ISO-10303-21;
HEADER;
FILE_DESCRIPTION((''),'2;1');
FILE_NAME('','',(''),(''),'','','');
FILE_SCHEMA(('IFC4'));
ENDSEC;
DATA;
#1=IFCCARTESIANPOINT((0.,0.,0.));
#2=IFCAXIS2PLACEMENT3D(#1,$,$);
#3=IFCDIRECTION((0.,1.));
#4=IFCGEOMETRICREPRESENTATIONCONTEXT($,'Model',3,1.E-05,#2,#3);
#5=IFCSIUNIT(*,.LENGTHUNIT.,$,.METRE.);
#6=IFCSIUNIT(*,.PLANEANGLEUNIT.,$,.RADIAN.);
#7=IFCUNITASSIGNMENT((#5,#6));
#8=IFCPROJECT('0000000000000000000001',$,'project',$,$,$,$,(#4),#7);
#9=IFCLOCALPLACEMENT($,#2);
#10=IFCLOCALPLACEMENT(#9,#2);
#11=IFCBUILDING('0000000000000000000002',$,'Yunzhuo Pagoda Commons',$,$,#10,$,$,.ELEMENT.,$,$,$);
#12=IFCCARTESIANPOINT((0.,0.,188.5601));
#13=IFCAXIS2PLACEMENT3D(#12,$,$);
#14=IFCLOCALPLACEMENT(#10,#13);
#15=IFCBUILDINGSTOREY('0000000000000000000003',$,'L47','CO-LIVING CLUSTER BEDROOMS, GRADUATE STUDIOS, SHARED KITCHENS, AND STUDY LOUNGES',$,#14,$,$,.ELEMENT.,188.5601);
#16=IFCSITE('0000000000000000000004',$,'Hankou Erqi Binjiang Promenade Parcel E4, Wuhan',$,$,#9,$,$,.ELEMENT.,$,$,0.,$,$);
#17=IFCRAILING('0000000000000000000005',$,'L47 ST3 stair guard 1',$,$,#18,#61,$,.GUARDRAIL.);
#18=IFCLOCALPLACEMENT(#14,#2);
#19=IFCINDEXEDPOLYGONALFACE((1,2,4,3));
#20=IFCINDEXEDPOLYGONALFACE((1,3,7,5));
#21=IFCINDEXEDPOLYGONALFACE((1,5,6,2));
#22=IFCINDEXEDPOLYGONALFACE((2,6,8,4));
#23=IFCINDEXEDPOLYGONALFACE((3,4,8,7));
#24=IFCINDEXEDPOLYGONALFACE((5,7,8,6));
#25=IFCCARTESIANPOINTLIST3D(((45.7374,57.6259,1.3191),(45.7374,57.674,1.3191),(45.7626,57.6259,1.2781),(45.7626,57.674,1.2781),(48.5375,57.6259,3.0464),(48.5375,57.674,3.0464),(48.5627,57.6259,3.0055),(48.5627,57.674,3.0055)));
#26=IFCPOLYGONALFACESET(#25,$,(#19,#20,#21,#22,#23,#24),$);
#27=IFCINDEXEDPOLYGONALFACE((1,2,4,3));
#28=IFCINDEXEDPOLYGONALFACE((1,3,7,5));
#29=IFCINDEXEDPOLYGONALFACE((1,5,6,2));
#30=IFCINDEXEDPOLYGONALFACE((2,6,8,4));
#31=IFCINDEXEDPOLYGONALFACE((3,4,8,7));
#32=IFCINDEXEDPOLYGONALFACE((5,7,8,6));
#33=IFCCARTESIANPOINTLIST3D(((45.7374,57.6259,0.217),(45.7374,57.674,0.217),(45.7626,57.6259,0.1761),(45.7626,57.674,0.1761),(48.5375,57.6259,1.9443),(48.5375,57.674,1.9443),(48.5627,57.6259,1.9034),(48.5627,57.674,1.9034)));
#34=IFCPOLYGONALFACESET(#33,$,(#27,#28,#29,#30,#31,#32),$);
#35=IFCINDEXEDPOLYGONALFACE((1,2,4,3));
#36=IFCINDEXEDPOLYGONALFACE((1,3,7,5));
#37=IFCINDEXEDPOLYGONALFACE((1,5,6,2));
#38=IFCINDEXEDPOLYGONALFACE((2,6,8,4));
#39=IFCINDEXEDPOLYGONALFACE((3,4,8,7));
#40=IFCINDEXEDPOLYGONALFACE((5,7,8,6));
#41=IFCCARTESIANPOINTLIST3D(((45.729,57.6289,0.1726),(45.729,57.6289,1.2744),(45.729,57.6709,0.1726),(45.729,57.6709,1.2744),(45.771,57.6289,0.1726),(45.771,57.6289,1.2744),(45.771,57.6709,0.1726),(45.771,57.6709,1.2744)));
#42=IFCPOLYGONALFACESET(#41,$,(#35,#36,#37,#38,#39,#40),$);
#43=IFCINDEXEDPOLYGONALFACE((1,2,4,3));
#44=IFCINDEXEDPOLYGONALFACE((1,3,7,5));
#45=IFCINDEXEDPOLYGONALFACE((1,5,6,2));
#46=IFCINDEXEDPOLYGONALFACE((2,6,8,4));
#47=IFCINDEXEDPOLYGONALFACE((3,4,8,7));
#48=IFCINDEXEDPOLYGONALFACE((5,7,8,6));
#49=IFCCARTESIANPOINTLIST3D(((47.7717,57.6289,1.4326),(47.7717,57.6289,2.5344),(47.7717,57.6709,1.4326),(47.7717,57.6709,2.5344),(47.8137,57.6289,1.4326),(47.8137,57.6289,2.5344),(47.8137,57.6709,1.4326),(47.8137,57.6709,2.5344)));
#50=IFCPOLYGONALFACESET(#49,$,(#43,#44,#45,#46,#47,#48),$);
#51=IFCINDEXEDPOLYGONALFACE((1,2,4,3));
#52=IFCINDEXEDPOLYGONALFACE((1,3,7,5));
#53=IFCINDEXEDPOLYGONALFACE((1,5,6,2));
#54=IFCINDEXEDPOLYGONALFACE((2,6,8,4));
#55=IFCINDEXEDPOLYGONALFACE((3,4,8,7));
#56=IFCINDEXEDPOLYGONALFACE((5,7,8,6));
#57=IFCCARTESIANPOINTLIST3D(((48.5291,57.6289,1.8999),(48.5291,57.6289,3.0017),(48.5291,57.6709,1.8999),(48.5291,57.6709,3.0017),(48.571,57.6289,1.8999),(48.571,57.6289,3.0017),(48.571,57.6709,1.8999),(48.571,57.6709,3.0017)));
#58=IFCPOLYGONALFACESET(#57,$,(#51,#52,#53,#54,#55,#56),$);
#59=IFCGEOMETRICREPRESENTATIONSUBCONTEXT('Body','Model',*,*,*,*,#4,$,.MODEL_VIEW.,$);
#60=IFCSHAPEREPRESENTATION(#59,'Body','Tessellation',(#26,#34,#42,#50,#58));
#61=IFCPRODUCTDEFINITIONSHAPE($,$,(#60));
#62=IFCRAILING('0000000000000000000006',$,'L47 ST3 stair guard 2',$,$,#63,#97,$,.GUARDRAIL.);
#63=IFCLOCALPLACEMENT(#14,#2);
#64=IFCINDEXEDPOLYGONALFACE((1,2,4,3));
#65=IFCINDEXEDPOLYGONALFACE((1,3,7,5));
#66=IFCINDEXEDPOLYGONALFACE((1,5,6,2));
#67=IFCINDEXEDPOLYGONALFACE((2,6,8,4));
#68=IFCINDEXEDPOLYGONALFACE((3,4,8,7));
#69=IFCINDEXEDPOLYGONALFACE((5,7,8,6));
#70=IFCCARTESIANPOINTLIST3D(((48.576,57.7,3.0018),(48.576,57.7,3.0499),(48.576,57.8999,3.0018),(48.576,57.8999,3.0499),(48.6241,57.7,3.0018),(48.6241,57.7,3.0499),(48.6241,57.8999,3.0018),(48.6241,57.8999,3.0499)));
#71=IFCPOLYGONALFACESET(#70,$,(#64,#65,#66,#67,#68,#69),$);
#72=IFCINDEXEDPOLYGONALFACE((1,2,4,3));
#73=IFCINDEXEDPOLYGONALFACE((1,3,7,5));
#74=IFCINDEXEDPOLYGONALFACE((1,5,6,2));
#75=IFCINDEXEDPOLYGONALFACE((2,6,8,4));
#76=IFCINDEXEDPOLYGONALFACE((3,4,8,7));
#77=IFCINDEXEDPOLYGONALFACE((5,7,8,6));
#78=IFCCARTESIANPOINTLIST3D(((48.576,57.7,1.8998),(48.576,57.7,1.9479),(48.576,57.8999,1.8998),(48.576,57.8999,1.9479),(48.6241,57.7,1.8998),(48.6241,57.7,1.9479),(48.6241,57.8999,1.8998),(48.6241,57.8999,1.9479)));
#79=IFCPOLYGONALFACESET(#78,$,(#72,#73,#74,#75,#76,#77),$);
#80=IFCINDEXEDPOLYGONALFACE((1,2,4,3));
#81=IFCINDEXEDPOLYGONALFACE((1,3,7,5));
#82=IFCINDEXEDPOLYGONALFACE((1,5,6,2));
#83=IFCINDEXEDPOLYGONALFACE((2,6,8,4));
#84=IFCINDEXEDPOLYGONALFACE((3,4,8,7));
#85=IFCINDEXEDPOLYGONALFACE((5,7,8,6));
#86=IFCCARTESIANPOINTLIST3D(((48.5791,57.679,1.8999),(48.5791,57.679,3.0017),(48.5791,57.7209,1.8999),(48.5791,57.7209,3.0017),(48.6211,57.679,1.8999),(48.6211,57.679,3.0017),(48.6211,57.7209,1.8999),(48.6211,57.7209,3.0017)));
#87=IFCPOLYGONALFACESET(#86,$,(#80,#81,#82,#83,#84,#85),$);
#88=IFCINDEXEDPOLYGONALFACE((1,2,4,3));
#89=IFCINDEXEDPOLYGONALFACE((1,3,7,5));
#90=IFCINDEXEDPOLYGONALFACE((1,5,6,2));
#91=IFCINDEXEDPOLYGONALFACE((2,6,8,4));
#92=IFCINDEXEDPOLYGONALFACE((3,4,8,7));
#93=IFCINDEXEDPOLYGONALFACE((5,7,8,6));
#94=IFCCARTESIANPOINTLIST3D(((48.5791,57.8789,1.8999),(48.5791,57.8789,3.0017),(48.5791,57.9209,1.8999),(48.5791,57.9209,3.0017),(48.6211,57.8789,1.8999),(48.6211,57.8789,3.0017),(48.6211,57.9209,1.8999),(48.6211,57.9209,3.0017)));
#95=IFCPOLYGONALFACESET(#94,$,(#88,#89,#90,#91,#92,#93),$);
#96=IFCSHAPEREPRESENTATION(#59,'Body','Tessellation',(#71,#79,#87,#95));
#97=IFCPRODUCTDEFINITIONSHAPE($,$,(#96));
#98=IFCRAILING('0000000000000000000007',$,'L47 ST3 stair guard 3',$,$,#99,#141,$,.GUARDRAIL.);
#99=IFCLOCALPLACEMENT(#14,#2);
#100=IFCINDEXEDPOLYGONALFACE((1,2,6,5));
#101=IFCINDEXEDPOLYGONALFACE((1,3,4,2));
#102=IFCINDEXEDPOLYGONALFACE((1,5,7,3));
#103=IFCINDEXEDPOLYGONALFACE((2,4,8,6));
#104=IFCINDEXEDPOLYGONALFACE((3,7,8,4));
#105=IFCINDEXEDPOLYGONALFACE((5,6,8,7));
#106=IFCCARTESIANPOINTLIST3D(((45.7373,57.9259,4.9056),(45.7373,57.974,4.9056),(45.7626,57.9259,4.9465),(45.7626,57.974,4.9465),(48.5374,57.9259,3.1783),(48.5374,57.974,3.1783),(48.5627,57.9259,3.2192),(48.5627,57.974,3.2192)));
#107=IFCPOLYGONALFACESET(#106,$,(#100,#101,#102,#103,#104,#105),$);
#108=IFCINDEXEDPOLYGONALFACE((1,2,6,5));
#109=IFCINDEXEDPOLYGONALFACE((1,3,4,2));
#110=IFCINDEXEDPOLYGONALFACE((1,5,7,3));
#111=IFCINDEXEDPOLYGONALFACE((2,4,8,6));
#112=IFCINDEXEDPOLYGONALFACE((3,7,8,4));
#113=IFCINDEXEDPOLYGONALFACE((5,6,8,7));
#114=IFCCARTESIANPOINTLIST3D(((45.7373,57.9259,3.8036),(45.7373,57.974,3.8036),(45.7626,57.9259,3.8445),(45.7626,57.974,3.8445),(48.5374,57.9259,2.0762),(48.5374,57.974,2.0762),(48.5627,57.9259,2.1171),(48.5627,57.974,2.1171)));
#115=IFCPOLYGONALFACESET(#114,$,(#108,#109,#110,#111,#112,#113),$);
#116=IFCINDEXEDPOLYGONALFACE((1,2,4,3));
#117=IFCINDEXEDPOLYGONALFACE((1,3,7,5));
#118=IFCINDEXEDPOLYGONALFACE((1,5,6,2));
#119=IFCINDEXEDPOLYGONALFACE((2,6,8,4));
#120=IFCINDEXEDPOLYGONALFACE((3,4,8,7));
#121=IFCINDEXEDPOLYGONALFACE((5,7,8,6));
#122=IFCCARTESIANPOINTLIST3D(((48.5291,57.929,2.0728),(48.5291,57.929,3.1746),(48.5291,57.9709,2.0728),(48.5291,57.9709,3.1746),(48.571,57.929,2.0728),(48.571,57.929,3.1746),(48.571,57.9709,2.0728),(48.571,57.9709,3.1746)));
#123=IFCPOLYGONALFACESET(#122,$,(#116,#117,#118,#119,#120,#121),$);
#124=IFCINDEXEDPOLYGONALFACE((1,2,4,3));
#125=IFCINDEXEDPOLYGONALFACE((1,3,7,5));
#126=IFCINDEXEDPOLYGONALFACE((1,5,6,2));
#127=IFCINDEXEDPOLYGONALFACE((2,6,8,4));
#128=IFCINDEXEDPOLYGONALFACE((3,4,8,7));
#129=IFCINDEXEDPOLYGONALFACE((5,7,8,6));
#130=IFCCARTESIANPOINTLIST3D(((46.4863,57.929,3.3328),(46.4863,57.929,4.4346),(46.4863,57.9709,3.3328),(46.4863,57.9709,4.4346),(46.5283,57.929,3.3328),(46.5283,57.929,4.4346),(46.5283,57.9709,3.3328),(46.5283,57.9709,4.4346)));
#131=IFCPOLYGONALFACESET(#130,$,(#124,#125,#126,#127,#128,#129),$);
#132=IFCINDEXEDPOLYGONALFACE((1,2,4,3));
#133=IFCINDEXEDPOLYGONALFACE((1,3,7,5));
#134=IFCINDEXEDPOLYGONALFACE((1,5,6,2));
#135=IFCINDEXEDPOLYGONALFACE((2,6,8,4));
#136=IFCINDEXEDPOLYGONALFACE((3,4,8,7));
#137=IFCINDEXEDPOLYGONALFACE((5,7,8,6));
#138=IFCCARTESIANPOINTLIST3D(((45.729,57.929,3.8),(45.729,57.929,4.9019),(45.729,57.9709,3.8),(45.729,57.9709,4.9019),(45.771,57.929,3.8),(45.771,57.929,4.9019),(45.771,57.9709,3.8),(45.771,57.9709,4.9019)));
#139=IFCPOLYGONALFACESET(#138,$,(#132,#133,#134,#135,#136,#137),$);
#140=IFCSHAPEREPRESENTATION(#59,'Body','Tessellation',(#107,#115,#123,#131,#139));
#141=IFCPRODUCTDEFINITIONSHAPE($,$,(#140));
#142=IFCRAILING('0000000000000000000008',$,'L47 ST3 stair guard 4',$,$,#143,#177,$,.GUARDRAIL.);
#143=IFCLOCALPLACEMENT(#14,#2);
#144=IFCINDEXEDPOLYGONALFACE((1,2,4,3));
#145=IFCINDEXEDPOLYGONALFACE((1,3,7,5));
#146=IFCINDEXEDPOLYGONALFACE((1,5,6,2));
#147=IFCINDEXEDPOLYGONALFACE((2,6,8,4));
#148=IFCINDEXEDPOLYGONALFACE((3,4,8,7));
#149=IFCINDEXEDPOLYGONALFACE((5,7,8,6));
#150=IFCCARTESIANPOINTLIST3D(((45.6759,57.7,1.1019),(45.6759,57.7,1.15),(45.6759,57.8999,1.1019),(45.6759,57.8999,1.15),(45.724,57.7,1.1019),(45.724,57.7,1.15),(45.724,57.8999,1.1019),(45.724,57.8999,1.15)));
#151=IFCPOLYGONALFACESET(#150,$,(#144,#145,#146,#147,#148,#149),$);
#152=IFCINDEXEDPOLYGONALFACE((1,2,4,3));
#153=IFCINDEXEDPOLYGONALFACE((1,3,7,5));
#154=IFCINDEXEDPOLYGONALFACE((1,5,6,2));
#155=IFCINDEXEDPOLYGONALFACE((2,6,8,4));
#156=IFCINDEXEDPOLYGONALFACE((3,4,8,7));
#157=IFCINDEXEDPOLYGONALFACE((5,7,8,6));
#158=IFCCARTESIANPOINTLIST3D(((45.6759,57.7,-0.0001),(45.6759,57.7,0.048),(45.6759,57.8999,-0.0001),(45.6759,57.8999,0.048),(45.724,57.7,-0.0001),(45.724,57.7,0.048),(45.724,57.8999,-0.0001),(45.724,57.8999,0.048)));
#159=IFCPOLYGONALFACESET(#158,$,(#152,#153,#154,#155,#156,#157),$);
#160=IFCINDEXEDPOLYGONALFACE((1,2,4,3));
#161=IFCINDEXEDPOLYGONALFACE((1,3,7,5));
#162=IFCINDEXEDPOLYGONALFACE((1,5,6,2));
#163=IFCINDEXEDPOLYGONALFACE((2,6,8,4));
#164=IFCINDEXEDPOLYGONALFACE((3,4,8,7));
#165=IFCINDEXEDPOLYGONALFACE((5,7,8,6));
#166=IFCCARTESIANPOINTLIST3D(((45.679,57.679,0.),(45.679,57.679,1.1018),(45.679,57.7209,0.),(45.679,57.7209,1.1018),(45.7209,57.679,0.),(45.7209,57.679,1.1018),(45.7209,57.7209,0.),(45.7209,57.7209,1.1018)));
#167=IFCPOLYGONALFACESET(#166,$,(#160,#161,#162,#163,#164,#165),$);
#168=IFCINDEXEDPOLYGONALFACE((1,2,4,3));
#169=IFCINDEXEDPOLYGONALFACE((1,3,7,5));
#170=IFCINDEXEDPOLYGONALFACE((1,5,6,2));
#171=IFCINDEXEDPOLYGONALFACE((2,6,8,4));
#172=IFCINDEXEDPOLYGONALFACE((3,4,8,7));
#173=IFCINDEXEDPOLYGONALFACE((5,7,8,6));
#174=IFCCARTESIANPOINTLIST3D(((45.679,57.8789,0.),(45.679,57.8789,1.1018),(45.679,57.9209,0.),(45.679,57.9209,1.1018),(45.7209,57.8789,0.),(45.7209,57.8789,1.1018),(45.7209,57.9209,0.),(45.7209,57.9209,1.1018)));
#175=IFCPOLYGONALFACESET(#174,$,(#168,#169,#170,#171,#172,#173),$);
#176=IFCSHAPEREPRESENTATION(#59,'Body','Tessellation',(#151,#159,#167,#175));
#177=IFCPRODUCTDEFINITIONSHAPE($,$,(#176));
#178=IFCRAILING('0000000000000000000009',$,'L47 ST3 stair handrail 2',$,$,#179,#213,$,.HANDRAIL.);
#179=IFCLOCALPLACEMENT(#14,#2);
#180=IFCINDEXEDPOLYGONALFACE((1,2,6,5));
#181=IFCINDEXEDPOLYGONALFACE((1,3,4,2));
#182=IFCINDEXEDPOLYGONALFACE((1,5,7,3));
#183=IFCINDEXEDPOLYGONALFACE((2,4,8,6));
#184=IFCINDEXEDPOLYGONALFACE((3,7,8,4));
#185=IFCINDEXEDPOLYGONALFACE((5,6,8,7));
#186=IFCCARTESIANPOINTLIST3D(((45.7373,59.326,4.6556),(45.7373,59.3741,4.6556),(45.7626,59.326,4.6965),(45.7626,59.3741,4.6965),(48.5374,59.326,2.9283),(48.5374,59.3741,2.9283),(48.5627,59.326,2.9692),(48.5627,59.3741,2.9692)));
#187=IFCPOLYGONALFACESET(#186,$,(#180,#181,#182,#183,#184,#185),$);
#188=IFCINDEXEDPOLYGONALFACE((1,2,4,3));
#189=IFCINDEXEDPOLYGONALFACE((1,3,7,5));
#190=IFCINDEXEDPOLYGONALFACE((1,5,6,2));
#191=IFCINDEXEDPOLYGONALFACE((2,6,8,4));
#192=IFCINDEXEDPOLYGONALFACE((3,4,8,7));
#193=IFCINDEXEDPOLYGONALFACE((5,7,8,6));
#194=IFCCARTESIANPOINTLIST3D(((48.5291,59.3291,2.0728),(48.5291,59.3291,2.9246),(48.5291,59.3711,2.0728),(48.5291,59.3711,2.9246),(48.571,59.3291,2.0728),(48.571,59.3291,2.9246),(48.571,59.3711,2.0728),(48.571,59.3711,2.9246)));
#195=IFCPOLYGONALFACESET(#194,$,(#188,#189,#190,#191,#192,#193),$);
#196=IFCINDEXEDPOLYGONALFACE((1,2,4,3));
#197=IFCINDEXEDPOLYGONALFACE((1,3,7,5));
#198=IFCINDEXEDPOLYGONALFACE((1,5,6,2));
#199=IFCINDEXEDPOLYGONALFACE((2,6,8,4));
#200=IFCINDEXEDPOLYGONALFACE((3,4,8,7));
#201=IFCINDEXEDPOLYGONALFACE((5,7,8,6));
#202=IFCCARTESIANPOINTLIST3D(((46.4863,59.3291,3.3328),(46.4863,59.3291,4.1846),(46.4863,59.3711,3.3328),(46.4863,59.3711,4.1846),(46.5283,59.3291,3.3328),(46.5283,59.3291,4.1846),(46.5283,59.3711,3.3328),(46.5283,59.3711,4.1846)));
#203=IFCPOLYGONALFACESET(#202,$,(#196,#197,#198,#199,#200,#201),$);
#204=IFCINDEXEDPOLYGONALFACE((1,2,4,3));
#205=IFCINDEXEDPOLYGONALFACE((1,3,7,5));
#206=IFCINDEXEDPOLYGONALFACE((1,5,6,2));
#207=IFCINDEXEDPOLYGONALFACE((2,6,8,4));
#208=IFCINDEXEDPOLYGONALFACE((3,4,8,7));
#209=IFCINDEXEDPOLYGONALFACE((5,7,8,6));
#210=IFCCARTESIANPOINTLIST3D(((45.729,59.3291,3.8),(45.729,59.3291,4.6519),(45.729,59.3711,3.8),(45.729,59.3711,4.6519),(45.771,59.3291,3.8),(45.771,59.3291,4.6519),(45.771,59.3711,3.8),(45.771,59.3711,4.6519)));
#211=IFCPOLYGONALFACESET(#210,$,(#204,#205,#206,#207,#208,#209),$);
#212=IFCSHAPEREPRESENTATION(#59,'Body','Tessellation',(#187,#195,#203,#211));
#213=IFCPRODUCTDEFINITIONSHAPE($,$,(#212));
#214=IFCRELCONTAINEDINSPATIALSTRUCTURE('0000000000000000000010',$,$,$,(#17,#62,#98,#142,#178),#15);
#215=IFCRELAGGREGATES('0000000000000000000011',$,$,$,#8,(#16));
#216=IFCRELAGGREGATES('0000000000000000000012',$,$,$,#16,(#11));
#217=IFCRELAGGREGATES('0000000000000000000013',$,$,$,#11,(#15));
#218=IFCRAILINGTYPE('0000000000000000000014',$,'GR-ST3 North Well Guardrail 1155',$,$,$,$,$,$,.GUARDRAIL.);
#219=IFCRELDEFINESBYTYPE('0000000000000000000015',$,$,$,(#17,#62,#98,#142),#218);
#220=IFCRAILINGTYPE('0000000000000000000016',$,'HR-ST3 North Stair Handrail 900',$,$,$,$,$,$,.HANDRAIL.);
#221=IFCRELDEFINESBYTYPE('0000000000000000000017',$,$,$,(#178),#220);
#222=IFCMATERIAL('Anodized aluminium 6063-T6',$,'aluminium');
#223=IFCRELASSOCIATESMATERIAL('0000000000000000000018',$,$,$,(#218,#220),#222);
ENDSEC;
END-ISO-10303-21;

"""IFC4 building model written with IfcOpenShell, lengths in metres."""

from ifc_helpers import new_model, si_unit, direction, frame, origin, origin_2d, place, context, subcontext, project, spatial, rectangle, extrude, material, type_object, element, save


model = new_model("IFC4")

# Units and contexts
model_context = context("Model", 3, precision=1e-05, world=origin(), true_north=direction((0.0, 1.0)))
body_context = subcontext(model_context, "Body", "Model", "MODEL_VIEW")
ifc_project = project(units=[si_unit("LENGTHUNIT", "METRE"), si_unit("PLANEANGLEUNIT", "RADIAN")], contexts=[model_context])

# Site, building, storey
site_placement = place(None, origin())
site = spatial("IfcSite", under=ifc_project, at=site_placement, Name="Hankou Erqi Binjiang Promenade Parcel E4, Wuhan", CompositionType="ELEMENT", RefElevation=0.0)
building_placement = place(site_placement, origin())
building = spatial("IfcBuilding", under=site, at=building_placement, Name="Yunzhuo Pagoda Commons", CompositionType="ELEMENT")
storey_placement = place(building_placement, frame((0.0, 0.0, 188.5601)))
storey = spatial("IfcBuildingStorey", under=building, at=storey_placement, Name="L47", Description="CO-LIVING CLUSTER BEDROOMS, GRADUATE STUDIOS, SHARED KITCHENS, AND STUDY LOUNGES", CompositionType="ELEMENT", Elevation=188.5601)

# Shared definitions
ifc_material_1 = material(Name="Anodized aluminium 6063-T6", Category="aluminium")

# Railings
railing_type_1 = type_object("IfcRailingType", Name="GR-ST3 North Well Guardrail 1155", PredefinedType="GUARDRAIL", material=ifc_material_1)
railing_1_placement = place(storey_placement, frame((45.75, 57.6499, 0.1726)))
element("IfcRailing", 1, at=railing_1_placement, inside=storey, type_object=railing_type_1, Name="L47 ST3 stair guard 1", PredefinedType="GUARDRAIL", context=body_context, shape_type="SweptSolid", body=[
    extrude(rectangle(XDim=0.0481, YDim=0.0481, at=origin_2d()), frame((0.0, 0.0, 1.126), z_axis=(0.85109, 0.0, 0.52502), x_axis=(0.0, 1.0, 0.0)), (0.0, 0.0, 1.0), 3.29),
    extrude(rectangle(XDim=0.0481, YDim=0.0481, at=origin_2d()), frame((0.0, 0.0, 0.0239), z_axis=(0.85109, 0.0, 0.52502), x_axis=(0.0, 1.0, 0.0)), (0.0, 0.0, 1.0), 3.29),
    extrude(rectangle(XDim=0.042, YDim=0.042, at=origin_2d()), origin(), (0.0, 0.0, 1.0), 1.1018),
    extrude(rectangle(XDim=0.042, YDim=0.042, at=origin_2d()), frame((2.0427, 0.0, 1.26)), (0.0, 0.0, 1.0), 1.1018),
    extrude(rectangle(XDim=0.042, YDim=0.042, at=origin_2d()), frame((2.8, 0.0, 1.7273)), (0.0, 0.0, 1.0), 1.1018),
])
railing_2_placement = place(storey_placement, frame((48.6001, 57.7, 1.8999)))
element("IfcRailing", 2, at=railing_2_placement, inside=storey, type_object=railing_type_1, Name="L47 ST3 stair guard 2", PredefinedType="GUARDRAIL", context=body_context, shape_type="SweptSolid", body=[
    extrude(rectangle(XDim=0.0481, YDim=0.0481, at=origin_2d()), frame((0.0, 0.0, 1.126), z_axis=(0.0, 1.0, 0.0), x_axis=(-1.0, 0.0, 0.0)), (0.0, 0.0, 1.0), 0.2),
    extrude(rectangle(XDim=0.0481, YDim=0.0481, at=origin_2d()), frame((0.0, 0.0, 0.0239), z_axis=(0.0, 1.0, 0.0), x_axis=(-1.0, 0.0, 0.0)), (0.0, 0.0, 1.0), 0.2),
    extrude(rectangle(XDim=0.042, YDim=0.042, at=origin_2d()), origin(), (0.0, 0.0, 1.0), 1.1018),
    extrude(rectangle(XDim=0.042, YDim=0.042, at=origin_2d()), frame((0.0, 0.2, 0.0)), (0.0, 0.0, 1.0), 1.1018),
])
railing_3_placement = place(storey_placement, frame((48.55, 57.95, 2.0728)))
element("IfcRailing", 3, at=railing_3_placement, inside=storey, type_object=railing_type_1, Name="L47 ST3 stair guard 3", PredefinedType="GUARDRAIL", context=body_context, shape_type="SweptSolid", body=[
    extrude(rectangle(XDim=0.0481, YDim=0.0481, at=origin_2d()), frame((0.0, 0.0, 1.126), z_axis=(-0.85109, 0.0, 0.52502), x_axis=(0.0, -1.0, 0.0)), (0.0, 0.0, 1.0), 3.29),
    extrude(rectangle(XDim=0.0481, YDim=0.0481, at=origin_2d()), frame((0.0, 0.0, 0.0239), z_axis=(-0.85109, 0.0, 0.52502), x_axis=(0.0, -1.0, 0.0)), (0.0, 0.0, 1.0), 3.29),
    extrude(rectangle(XDim=0.042, YDim=0.042, at=origin_2d()), origin(), (0.0, 0.0, 1.0), 1.1018),
    extrude(rectangle(XDim=0.042, YDim=0.042, at=origin_2d()), frame((-2.0427, 0.0, 1.26)), (0.0, 0.0, 1.0), 1.1018),
    extrude(rectangle(XDim=0.042, YDim=0.042, at=origin_2d()), frame((-2.8, 0.0, 1.7273)), (0.0, 0.0, 1.0), 1.1018),
])
railing_4_placement = place(storey_placement, frame((45.7, 57.7, 0.0)))
element("IfcRailing", 4, at=railing_4_placement, inside=storey, type_object=railing_type_1, Name="L47 ST3 stair guard 4", PredefinedType="GUARDRAIL", context=body_context, shape_type="SweptSolid", body=[
    extrude(rectangle(XDim=0.0481, YDim=0.0481, at=origin_2d()), frame((0.0, 0.0, 1.126), z_axis=(0.0, 1.0, 0.0), x_axis=(-1.0, 0.0, 0.0)), (0.0, 0.0, 1.0), 0.2),
    extrude(rectangle(XDim=0.0481, YDim=0.0481, at=origin_2d()), frame((0.0, 0.0, 0.0239), z_axis=(0.0, 1.0, 0.0), x_axis=(-1.0, 0.0, 0.0)), (0.0, 0.0, 1.0), 0.2),
    extrude(rectangle(XDim=0.042, YDim=0.042, at=origin_2d()), origin(), (0.0, 0.0, 1.0), 1.1018),
    extrude(rectangle(XDim=0.042, YDim=0.042, at=origin_2d()), frame((0.0, 0.2, 0.0)), (0.0, 0.0, 1.0), 1.1018),
])
railing_type_2 = type_object("IfcRailingType", Name="HR-ST3 North Stair Handrail 900", PredefinedType="HANDRAIL", material=ifc_material_1)
railing_5_placement = place(storey_placement, frame((48.55, 59.3501, 2.0728)))
element("IfcRailing", 5, at=railing_5_placement, inside=storey, type_object=railing_type_2, Name="L47 ST3 stair handrail 2", PredefinedType="HANDRAIL", context=body_context, shape_type="SweptSolid", body=[
    extrude(rectangle(XDim=0.0481, YDim=0.0481, at=origin_2d()), frame((0.0, 0.0, 0.876), z_axis=(-0.85109, 0.0, 0.52502), x_axis=(0.0, -1.0, 0.0)), (0.0, 0.0, 1.0), 3.29),
    extrude(rectangle(XDim=0.042, YDim=0.042, at=origin_2d()), origin(), (0.0, 0.0, 1.0), 0.8518),
    extrude(rectangle(XDim=0.042, YDim=0.042, at=origin_2d()), frame((-2.0427, 0.0, 1.26)), (0.0, 0.0, 1.0), 0.8518),
    extrude(rectangle(XDim=0.042, YDim=0.042, at=origin_2d()), frame((-2.8, 0.0, 1.7273)), (0.0, 0.0, 1.0), 0.8518),
])

save(model, "model.ifc")
